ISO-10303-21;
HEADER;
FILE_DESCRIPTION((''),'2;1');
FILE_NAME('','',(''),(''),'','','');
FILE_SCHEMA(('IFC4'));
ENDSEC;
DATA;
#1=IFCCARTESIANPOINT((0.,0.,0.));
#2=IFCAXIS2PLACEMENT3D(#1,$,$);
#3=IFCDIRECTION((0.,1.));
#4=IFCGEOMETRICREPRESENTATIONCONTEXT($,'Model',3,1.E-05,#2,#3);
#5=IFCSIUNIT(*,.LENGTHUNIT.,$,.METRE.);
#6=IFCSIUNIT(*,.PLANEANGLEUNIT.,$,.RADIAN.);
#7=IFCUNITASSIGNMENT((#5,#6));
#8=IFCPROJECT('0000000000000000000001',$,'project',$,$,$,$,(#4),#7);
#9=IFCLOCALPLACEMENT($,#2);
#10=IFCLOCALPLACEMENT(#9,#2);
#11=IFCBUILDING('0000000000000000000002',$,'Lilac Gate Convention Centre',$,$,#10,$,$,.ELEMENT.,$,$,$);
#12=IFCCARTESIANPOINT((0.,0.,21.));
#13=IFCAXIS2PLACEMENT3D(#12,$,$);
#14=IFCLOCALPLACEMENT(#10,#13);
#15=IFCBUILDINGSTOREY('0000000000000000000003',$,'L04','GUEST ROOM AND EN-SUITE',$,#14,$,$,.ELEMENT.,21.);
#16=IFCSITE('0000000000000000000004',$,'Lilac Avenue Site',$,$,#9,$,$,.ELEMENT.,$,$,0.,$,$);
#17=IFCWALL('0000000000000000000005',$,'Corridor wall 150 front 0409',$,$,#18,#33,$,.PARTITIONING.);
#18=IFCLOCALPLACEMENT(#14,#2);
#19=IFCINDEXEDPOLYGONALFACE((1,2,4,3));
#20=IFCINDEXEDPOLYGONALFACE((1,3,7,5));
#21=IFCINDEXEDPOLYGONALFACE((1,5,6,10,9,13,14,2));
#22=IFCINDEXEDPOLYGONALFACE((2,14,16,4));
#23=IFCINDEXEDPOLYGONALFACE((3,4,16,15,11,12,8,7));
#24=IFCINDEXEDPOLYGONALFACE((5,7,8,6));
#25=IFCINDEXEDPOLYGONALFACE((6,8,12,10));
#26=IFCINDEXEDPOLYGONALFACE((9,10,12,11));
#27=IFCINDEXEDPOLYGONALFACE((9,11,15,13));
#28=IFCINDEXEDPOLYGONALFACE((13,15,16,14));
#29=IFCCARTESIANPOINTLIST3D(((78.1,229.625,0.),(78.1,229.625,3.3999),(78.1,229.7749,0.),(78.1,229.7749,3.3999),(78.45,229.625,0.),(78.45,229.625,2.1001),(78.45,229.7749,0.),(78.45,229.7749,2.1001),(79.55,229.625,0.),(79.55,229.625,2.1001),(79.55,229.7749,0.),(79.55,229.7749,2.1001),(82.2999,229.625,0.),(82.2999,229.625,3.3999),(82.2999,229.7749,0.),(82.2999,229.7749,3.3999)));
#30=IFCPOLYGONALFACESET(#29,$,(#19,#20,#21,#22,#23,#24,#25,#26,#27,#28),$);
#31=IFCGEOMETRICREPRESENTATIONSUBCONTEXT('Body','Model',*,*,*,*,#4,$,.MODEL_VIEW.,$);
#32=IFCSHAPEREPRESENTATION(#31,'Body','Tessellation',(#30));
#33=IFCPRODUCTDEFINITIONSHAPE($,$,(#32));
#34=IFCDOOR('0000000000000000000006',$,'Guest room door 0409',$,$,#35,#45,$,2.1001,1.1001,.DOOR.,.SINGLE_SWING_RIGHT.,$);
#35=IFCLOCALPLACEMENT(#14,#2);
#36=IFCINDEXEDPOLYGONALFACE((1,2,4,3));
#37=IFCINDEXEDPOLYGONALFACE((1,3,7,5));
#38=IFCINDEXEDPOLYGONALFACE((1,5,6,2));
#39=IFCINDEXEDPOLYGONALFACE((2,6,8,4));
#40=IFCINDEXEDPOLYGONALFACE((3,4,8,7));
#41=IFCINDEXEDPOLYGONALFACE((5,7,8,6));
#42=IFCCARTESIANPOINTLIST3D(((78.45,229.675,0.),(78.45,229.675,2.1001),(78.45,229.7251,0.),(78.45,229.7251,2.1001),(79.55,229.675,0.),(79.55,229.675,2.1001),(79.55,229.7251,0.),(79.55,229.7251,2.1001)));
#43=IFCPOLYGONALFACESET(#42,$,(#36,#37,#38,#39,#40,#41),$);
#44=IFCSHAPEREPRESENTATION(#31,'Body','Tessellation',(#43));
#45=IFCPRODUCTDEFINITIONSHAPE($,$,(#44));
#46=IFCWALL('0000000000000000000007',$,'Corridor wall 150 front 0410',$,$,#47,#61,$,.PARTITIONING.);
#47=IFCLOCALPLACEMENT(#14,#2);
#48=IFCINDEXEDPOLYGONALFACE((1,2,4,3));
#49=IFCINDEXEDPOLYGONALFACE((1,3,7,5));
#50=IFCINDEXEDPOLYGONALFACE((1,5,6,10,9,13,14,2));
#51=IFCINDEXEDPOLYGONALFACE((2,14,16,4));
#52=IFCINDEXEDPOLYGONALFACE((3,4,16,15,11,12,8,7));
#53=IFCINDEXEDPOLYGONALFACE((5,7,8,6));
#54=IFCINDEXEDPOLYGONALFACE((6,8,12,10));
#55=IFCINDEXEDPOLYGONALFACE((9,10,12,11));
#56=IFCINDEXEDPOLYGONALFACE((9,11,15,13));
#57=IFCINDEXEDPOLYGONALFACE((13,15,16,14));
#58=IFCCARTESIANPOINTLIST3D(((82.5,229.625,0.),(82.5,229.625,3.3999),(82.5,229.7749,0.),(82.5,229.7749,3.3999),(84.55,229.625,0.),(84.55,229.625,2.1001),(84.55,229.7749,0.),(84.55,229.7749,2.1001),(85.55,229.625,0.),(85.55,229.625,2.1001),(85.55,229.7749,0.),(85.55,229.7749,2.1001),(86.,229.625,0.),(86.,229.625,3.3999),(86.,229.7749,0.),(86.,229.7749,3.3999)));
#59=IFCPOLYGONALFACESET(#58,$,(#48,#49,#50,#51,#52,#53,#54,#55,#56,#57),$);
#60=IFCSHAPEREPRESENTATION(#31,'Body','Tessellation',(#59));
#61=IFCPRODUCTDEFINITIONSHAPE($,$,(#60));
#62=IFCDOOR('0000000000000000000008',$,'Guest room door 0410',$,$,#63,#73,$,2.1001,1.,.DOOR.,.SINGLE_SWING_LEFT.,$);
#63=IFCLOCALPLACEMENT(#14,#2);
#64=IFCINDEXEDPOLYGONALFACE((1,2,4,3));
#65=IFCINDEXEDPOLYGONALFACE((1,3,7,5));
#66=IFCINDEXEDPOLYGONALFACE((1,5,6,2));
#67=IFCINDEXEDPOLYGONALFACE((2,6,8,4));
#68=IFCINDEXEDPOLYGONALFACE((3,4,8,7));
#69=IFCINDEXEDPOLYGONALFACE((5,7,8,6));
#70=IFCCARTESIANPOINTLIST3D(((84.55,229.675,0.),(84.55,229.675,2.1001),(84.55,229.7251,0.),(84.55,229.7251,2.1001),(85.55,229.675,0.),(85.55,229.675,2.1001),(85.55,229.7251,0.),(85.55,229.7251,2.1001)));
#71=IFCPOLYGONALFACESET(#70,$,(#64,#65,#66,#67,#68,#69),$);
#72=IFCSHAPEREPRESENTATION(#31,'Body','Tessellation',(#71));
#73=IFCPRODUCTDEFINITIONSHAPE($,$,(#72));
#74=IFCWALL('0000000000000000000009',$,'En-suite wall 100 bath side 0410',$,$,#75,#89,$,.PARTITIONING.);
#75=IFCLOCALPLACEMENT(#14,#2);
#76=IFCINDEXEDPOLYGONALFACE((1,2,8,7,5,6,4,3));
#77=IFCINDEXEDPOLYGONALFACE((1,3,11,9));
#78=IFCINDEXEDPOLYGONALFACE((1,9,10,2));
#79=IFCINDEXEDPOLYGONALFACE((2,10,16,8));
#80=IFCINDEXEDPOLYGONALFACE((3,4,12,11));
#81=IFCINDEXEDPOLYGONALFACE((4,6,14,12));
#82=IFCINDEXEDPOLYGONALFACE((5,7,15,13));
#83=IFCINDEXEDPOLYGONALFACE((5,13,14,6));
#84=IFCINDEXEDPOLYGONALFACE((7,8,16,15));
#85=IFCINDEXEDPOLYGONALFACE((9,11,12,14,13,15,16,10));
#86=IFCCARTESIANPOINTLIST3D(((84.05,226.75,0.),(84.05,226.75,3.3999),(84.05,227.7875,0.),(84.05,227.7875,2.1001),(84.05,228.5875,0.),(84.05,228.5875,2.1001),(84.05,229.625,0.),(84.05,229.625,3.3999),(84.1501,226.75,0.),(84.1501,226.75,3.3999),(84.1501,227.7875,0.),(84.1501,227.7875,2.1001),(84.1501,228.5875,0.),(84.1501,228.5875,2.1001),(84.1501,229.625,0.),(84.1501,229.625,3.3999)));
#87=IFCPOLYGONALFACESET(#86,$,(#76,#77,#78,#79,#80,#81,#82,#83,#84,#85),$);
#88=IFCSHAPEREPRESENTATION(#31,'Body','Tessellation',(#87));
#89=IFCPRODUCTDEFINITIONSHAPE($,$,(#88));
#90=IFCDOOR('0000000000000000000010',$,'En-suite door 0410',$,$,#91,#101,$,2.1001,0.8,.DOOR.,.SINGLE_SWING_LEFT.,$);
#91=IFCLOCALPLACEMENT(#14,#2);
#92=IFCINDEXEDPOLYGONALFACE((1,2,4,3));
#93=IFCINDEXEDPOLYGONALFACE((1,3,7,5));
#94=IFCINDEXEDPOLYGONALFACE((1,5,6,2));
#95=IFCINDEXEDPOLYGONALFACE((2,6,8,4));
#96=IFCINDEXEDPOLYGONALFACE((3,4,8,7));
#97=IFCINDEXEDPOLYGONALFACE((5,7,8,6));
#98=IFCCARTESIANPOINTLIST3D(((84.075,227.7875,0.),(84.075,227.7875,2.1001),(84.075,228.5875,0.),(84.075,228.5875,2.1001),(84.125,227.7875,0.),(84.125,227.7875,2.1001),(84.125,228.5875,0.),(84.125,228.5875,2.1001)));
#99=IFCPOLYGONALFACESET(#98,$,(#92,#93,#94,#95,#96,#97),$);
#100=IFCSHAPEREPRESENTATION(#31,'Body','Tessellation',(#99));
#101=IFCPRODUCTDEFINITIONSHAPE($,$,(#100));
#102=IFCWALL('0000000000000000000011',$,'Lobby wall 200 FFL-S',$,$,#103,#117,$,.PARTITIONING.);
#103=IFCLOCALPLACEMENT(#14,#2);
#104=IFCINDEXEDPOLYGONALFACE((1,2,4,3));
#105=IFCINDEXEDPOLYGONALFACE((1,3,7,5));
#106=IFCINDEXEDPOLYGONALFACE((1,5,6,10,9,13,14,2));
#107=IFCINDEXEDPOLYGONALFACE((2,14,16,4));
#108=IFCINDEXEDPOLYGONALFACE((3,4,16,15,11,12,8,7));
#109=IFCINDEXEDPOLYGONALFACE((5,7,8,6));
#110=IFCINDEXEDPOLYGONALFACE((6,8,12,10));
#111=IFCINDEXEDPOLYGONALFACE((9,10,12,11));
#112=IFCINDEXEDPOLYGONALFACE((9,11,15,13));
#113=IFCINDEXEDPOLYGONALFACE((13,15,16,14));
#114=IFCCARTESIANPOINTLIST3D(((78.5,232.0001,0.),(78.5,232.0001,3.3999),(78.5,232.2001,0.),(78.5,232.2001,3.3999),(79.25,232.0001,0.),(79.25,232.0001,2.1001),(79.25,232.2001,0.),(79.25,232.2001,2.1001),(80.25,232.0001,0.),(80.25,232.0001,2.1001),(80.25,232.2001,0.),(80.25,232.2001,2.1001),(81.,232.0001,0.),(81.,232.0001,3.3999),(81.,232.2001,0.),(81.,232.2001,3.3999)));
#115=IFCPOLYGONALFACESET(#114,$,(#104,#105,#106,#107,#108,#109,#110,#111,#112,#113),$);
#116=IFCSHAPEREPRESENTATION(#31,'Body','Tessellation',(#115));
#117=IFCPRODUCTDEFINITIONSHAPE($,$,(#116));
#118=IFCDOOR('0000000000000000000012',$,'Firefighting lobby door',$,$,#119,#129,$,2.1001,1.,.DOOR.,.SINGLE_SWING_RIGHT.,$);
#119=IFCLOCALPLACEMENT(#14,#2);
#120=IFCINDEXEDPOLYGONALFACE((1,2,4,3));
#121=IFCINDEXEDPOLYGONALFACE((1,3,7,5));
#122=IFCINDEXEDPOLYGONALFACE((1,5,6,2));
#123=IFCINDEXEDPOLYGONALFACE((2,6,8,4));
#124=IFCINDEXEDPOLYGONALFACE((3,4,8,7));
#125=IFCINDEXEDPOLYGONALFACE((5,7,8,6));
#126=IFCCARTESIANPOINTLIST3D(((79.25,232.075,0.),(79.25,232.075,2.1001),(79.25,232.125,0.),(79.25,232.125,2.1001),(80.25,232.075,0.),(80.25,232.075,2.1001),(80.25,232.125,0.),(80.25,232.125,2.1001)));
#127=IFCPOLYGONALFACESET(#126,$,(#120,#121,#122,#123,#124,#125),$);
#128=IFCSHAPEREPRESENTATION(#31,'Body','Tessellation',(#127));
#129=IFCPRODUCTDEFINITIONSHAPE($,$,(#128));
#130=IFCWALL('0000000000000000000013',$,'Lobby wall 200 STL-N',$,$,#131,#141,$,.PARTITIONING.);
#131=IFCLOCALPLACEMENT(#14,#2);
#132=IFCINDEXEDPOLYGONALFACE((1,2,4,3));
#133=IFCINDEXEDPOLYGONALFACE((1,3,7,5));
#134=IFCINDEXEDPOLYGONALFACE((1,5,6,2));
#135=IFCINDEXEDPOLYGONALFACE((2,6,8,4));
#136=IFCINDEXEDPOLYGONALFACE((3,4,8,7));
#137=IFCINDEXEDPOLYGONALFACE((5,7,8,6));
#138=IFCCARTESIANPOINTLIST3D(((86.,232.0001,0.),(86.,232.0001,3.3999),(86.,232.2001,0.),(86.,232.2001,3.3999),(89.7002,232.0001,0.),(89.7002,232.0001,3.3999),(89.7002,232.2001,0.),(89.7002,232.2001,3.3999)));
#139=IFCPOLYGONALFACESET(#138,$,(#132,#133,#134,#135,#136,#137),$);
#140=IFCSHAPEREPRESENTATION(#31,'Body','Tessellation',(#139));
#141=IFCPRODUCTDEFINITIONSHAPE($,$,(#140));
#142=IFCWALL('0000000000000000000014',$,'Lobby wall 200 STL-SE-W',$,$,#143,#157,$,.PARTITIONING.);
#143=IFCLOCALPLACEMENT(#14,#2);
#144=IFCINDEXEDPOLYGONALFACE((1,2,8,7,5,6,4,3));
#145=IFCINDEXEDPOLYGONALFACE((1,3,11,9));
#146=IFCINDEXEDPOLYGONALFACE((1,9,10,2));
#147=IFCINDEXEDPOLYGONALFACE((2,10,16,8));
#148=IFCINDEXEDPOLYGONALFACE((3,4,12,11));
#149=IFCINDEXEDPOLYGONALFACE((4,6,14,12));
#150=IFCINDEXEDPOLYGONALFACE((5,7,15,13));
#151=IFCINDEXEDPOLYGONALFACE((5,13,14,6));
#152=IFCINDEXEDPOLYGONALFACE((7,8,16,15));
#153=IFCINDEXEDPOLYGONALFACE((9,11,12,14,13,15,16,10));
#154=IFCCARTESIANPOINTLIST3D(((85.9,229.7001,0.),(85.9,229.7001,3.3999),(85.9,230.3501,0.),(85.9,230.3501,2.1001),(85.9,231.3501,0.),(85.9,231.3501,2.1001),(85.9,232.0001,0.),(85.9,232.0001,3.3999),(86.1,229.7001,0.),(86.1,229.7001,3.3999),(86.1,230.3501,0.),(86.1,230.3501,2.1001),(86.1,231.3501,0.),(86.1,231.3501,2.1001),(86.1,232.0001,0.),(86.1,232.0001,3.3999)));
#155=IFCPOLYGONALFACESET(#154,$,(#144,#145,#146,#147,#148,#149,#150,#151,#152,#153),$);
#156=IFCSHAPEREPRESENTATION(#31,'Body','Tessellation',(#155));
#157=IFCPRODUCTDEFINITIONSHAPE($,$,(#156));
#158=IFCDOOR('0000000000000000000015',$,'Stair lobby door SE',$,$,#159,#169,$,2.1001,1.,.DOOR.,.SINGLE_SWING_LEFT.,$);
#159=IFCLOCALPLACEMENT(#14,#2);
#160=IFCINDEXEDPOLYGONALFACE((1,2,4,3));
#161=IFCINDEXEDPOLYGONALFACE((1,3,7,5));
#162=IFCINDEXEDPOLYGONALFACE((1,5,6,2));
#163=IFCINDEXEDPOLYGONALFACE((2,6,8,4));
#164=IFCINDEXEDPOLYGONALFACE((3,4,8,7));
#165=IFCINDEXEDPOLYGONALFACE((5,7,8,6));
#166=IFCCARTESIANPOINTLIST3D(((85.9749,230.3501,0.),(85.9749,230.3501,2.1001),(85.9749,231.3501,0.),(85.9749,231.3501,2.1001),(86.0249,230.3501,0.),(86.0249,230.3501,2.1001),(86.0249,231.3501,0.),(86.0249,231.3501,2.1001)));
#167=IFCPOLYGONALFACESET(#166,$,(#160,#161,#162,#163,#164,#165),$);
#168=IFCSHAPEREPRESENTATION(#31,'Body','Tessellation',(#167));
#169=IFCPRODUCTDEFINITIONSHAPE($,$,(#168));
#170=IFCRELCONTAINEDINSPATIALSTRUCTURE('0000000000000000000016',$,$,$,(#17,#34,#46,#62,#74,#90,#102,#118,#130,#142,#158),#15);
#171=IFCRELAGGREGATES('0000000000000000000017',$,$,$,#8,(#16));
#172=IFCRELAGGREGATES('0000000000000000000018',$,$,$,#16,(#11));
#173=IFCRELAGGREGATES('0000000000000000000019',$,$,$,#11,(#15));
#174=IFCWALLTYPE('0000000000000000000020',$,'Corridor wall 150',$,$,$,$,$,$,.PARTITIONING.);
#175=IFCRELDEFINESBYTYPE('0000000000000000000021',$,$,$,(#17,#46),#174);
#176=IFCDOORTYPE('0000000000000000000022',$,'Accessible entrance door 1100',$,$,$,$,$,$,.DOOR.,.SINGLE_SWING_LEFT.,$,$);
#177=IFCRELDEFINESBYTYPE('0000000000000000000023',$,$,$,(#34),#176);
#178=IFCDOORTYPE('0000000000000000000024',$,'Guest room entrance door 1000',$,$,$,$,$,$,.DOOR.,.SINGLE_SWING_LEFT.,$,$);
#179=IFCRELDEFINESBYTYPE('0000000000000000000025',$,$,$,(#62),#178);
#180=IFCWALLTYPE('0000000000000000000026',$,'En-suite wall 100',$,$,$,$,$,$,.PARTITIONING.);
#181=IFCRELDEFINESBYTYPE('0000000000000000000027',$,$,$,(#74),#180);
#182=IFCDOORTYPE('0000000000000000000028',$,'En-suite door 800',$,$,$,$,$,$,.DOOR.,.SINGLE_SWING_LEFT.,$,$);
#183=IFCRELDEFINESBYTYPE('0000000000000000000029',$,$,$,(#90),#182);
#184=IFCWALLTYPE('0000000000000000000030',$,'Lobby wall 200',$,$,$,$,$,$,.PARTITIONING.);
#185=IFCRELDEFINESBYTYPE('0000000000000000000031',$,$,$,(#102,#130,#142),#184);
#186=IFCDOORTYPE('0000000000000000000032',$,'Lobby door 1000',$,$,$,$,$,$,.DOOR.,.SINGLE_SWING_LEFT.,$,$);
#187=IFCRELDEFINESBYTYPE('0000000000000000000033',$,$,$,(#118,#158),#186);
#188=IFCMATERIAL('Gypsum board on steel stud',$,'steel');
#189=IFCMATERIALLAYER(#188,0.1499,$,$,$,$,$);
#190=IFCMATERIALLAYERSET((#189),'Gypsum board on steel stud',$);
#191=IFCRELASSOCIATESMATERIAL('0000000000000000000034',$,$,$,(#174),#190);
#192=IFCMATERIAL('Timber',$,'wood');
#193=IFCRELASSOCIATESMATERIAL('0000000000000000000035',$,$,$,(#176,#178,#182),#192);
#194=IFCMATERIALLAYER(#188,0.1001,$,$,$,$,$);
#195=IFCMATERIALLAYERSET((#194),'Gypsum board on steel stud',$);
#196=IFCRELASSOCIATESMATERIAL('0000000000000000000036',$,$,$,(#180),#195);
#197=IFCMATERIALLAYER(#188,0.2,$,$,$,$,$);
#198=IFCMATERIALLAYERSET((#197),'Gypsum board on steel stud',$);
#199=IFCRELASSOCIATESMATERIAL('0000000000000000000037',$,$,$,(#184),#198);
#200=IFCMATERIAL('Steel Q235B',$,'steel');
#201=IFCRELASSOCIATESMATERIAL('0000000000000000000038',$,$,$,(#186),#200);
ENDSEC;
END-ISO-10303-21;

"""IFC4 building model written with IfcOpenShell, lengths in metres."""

from ifc_helpers import new_model, si_unit, direction, frame, frame_2d, origin, place, context, subcontext, project, spatial, rectangle, extrude, material, layer, layer_set, type_object, element, fill, save


model = new_model("IFC4")

# Units and contexts
model_context = context("Model", 3, precision=1e-05, world=origin(), true_north=direction((0.0, 1.0)))
body_context = subcontext(model_context, "Body", "Model", "MODEL_VIEW")
ifc_project = project(units=[si_unit("LENGTHUNIT", "METRE"), si_unit("PLANEANGLEUNIT", "RADIAN")], contexts=[model_context])

# Site, building, storey
site_placement = place(None, origin())
site = spatial("IfcSite", under=ifc_project, at=site_placement, Name="Lilac Avenue Site", CompositionType="ELEMENT", RefElevation=0.0)
building_placement = place(site_placement, origin())
building = spatial("IfcBuilding", under=site, at=building_placement, Name="Lilac Gate Convention Centre", CompositionType="ELEMENT")
storey_placement = place(building_placement, frame((0.0, 0.0, 21.0)))
storey = spatial("IfcBuildingStorey", under=building, at=storey_placement, Name="L04", Description="GUEST ROOM AND EN-SUITE", CompositionType="ELEMENT", Elevation=21.0)

# Walls, openings, doors
ifc_material_1 = material(Name="Gypsum board on steel stud", Category="steel")
ifc_layer_1 = layer(ifc_material_1, 0.1499)
ifc_layer_set_1 = layer_set([ifc_layer_1], Name="Gypsum board on steel stud")
wall_type_1 = type_object("IfcWallType", Name="Corridor wall 150", PredefinedType="PARTITIONING", material=ifc_layer_set_1)
wall_1_placement = place(storey_placement, frame((82.3, 229.7, 0.0), z_axis=(0.0, 0.0, 1.0), x_axis=(-1.0, 0.0, 0.0)))
wall_1 = element("IfcWall", 1, at=wall_1_placement, inside=storey, type_object=wall_type_1, Name="Corridor wall 150 front 0409", PredefinedType="PARTITIONING", context=body_context, shape_type="SweptSolid", body=[
    extrude(rectangle(XDim=4.2, YDim=0.1499, at=frame_2d((2.1001, 0.0))), origin(), (0.0, 0.0, 1.0), 3.3999),
])
opening_1_placement = place(wall_1_placement, frame((2.75, 0.0, 0.0)))
opening_1 = element("IfcOpeningElement", 2, at=opening_1_placement, cuts=wall_1, PredefinedType="OPENING", context=body_context, shape_type="SweptSolid", body=[
    extrude(rectangle(XDim=1.1001, YDim=2.1001, at=frame_2d((0.55, 1.05))), frame((0.0, 0.085, 0.0), z_axis=(0.0, -1.0, 0.0), x_axis=(1.0, 0.0, 0.0)), (0.0, 0.0, 1.0), 0.1699),
])
ifc_material_2 = material(Name="Timber", Category="wood")
door_type_1 = type_object("IfcDoorType", Name="Accessible entrance door 1100", OperationType="SINGLE_SWING_LEFT", PredefinedType="DOOR", material=ifc_material_2)
door_1_placement = place(opening_1_placement, origin())
door_1 = element("IfcDoor", 3, at=door_1_placement, inside=storey, type_object=door_type_1, Name="Guest room door 0409", OperationType="SINGLE_SWING_RIGHT", OverallHeight=2.1001, OverallWidth=1.1001, PredefinedType="DOOR", context=body_context, shape_type="SweptSolid", body=[
    extrude(rectangle(XDim=1.1001, YDim=2.1001, at=frame_2d((0.55, 1.05))), frame((0.0, 0.0249, 0.0), z_axis=(0.0, -1.0, 0.0), x_axis=(1.0, 0.0, 0.0)), (0.0, 0.0, 1.0), 0.05),
])
fill(opening_1, door_1)
wall_2_placement = place(storey_placement, frame((86.0, 229.7, 0.0), z_axis=(0.0, 0.0, 1.0), x_axis=(-1.0, 0.0, 0.0)))
wall_2 = element("IfcWall", 4, at=wall_2_placement, inside=storey, type_object=wall_type_1, Name="Corridor wall 150 front 0410", PredefinedType="PARTITIONING", context=body_context, shape_type="SweptSolid", body=[
    extrude(rectangle(XDim=3.5, YDim=0.1499, at=frame_2d((1.75, 0.0))), origin(), (0.0, 0.0, 1.0), 3.3999),
])
opening_2_placement = place(wall_2_placement, frame((0.45, 0.0, 0.0)))
opening_2 = element("IfcOpeningElement", 5, at=opening_2_placement, cuts=wall_2, PredefinedType="OPENING", context=body_context, shape_type="SweptSolid", body=[
    extrude(rectangle(XDim=1.0, YDim=2.1001, at=frame_2d((0.5, 1.05))), frame((0.0, 0.085, 0.0), z_axis=(0.0, -1.0, 0.0), x_axis=(1.0, 0.0, 0.0)), (0.0, 0.0, 1.0), 0.1699),
])
door_type_2 = type_object("IfcDoorType", Name="Guest room entrance door 1000", OperationType="SINGLE_SWING_LEFT", PredefinedType="DOOR", material=ifc_material_2)
door_2_placement = place(opening_2_placement, origin())
door_2 = element("IfcDoor", 6, at=door_2_placement, inside=storey, type_object=door_type_2, Name="Guest room door 0410", OperationType="SINGLE_SWING_LEFT", OverallHeight=2.1001, OverallWidth=1.0, PredefinedType="DOOR", context=body_context, shape_type="SweptSolid", body=[
    extrude(rectangle(XDim=1.0, YDim=2.1001, at=frame_2d((0.5, 1.05))), frame((0.0, 0.0249, 0.0), z_axis=(0.0, -1.0, 0.0), x_axis=(1.0, 0.0, 0.0)), (0.0, 0.0, 1.0), 0.05),
])
fill(opening_2, door_2)
ifc_layer_2 = layer(ifc_material_1, 0.1001)
ifc_layer_set_2 = layer_set([ifc_layer_2], Name="Gypsum board on steel stud")
wall_type_2 = type_object("IfcWallType", Name="En-suite wall 100", PredefinedType="PARTITIONING", material=ifc_layer_set_2)
wall_3_placement = place(storey_placement, frame((84.1001, 229.625, 0.0), z_axis=(0.0, 0.0, 1.0), x_axis=(0.0, -1.0, 0.0)))
wall_3 = element("IfcWall", 7, at=wall_3_placement, inside=storey, type_object=wall_type_2, Name="En-suite wall 100 bath side 0410", PredefinedType="PARTITIONING", context=body_context, shape_type="SweptSolid", body=[
    extrude(rectangle(XDim=2.875, YDim=0.1001, at=frame_2d((1.4375, 0.0))), origin(), (0.0, 0.0, 1.0), 3.3999),
])
opening_3_placement = place(wall_3_placement, frame((1.0376, 0.0, 0.0)))
opening_3 = element("IfcOpeningElement", 8, at=opening_3_placement, cuts=wall_3, PredefinedType="OPENING", context=body_context, shape_type="SweptSolid", body=[
    extrude(rectangle(XDim=0.8, YDim=2.1001, at=frame_2d((0.3999, 1.05))), frame((0.0, 0.0601, 0.0), z_axis=(0.0, -1.0, 0.0), x_axis=(1.0, 0.0, 0.0)), (0.0, 0.0, 1.0), 0.1201),
])
door_type_3 = type_object("IfcDoorType", Name="En-suite door 800", OperationType="SINGLE_SWING_LEFT", PredefinedType="DOOR", material=ifc_material_2)
door_3_placement = place(opening_3_placement, origin())
door_3 = element("IfcDoor", 9, at=door_3_placement, inside=storey, type_object=door_type_3, Name="En-suite door 0410", OperationType="SINGLE_SWING_LEFT", OverallHeight=2.1001, OverallWidth=0.8, PredefinedType="DOOR", context=body_context, shape_type="SweptSolid", body=[
    extrude(rectangle(XDim=0.8, YDim=2.1001, at=frame_2d((0.3999, 1.05))), frame((0.0, 0.0249, 0.0), z_axis=(0.0, -1.0, 0.0), x_axis=(1.0, 0.0, 0.0)), (0.0, 0.0, 1.0), 0.05),
])
fill(opening_3, door_3)
ifc_layer_3 = layer(ifc_material_1, 0.2)
ifc_layer_set_3 = layer_set([ifc_layer_3], Name="Gypsum board on steel stud")
wall_type_3 = type_object("IfcWallType", Name="Lobby wall 200", PredefinedType="PARTITIONING", material=ifc_layer_set_3)
wall_4_placement = place(storey_placement, frame((78.5, 232.1001, 0.0), z_axis=(0.0, 0.0, 1.0), x_axis=(1.0, 0.0, 0.0)))
wall_4 = element("IfcWall", 10, at=wall_4_placement, inside=storey, type_object=wall_type_3, Name="Lobby wall 200 FFL-S", PredefinedType="PARTITIONING", context=body_context, shape_type="SweptSolid", body=[
    extrude(rectangle(XDim=2.5, YDim=0.2, at=frame_2d((1.25, 0.0))), origin(), (0.0, 0.0, 1.0), 3.3999),
])
opening_4_placement = place(wall_4_placement, frame((0.75, 0.0, 0.0)))
opening_4 = element("IfcOpeningElement", 11, at=opening_4_placement, cuts=wall_4, PredefinedType="OPENING", context=body_context, shape_type="SweptSolid", body=[
    extrude(rectangle(XDim=1.0, YDim=2.1001, at=frame_2d((0.5, 1.05))), frame((0.0, 0.1099, 0.0), z_axis=(0.0, -1.0, 0.0), x_axis=(1.0, 0.0, 0.0)), (0.0, 0.0, 1.0), 0.22),
])
ifc_material_3 = material(Name="Steel Q235B", Category="steel")
door_type_4 = type_object("IfcDoorType", Name="Lobby door 1000", OperationType="SINGLE_SWING_LEFT", PredefinedType="DOOR", material=ifc_material_3)
door_4_placement = place(opening_4_placement, origin())
door_4 = element("IfcDoor", 12, at=door_4_placement, inside=storey, type_object=door_type_4, Name="Firefighting lobby door", OperationType="SINGLE_SWING_RIGHT", OverallHeight=2.1001, OverallWidth=1.0, PredefinedType="DOOR", context=body_context, shape_type="SweptSolid", body=[
    extrude(rectangle(XDim=1.0, YDim=2.1001, at=frame_2d((0.5, 1.05))), frame((0.0, 0.0249, 0.0), z_axis=(0.0, -1.0, 0.0), x_axis=(1.0, 0.0, 0.0)), (0.0, 0.0, 1.0), 0.05),
])
fill(opening_4, door_4)

# Wall
wall_5_placement = place(storey_placement, frame((86.0, 232.1001, 0.0), z_axis=(0.0, 0.0, 1.0), x_axis=(1.0, 0.0, 0.0)))
element("IfcWall", 13, at=wall_5_placement, inside=storey, type_object=wall_type_3, Name="Lobby wall 200 STL-N", PredefinedType="PARTITIONING", context=body_context, shape_type="SweptSolid", body=[
    extrude(rectangle(XDim=3.7002, YDim=0.2, at=frame_2d((1.8501, 0.0))), origin(), (0.0, 0.0, 1.0), 3.3999),
])

# Wall, opening, door
wall_6_placement = place(storey_placement, frame((86.0, 232.0, 0.0), z_axis=(0.0, 0.0, 1.0), x_axis=(0.0, -1.0, 0.0)))
wall_6 = element("IfcWall", 14, at=wall_6_placement, inside=storey, type_object=wall_type_3, Name="Lobby wall 200 STL-SE-W", PredefinedType="PARTITIONING", context=body_context, shape_type="SweptSolid", body=[
    extrude(rectangle(XDim=2.3, YDim=0.2, at=frame_2d((1.1499, 0.0))), origin(), (0.0, 0.0, 1.0), 3.3999),
])
opening_5_placement = place(wall_6_placement, frame((0.6499, 0.0, 0.0)))
opening_5 = element("IfcOpeningElement", 15, at=opening_5_placement, cuts=wall_6, PredefinedType="OPENING", context=body_context, shape_type="SweptSolid", body=[
    extrude(rectangle(XDim=1.0, YDim=2.1001, at=frame_2d((0.5, 1.05))), frame((0.0, 0.1099, 0.0), z_axis=(0.0, -1.0, 0.0), x_axis=(1.0, 0.0, 0.0)), (0.0, 0.0, 1.0), 0.22),
])
door_5_placement = place(opening_5_placement, origin())
door_5 = element("IfcDoor", 16, at=door_5_placement, inside=storey, type_object=door_type_4, Name="Stair lobby door SE", OperationType="SINGLE_SWING_LEFT", OverallHeight=2.1001, OverallWidth=1.0, PredefinedType="DOOR", context=body_context, shape_type="SweptSolid", body=[
    extrude(rectangle(XDim=1.0, YDim=2.1001, at=frame_2d((0.5, 1.05))), frame((0.0, 0.0249, 0.0), z_axis=(0.0, -1.0, 0.0), x_axis=(1.0, 0.0, 0.0)), (0.0, 0.0, 1.0), 0.05),
])
fill(opening_5, door_5)

save(model, "model.ifc")
